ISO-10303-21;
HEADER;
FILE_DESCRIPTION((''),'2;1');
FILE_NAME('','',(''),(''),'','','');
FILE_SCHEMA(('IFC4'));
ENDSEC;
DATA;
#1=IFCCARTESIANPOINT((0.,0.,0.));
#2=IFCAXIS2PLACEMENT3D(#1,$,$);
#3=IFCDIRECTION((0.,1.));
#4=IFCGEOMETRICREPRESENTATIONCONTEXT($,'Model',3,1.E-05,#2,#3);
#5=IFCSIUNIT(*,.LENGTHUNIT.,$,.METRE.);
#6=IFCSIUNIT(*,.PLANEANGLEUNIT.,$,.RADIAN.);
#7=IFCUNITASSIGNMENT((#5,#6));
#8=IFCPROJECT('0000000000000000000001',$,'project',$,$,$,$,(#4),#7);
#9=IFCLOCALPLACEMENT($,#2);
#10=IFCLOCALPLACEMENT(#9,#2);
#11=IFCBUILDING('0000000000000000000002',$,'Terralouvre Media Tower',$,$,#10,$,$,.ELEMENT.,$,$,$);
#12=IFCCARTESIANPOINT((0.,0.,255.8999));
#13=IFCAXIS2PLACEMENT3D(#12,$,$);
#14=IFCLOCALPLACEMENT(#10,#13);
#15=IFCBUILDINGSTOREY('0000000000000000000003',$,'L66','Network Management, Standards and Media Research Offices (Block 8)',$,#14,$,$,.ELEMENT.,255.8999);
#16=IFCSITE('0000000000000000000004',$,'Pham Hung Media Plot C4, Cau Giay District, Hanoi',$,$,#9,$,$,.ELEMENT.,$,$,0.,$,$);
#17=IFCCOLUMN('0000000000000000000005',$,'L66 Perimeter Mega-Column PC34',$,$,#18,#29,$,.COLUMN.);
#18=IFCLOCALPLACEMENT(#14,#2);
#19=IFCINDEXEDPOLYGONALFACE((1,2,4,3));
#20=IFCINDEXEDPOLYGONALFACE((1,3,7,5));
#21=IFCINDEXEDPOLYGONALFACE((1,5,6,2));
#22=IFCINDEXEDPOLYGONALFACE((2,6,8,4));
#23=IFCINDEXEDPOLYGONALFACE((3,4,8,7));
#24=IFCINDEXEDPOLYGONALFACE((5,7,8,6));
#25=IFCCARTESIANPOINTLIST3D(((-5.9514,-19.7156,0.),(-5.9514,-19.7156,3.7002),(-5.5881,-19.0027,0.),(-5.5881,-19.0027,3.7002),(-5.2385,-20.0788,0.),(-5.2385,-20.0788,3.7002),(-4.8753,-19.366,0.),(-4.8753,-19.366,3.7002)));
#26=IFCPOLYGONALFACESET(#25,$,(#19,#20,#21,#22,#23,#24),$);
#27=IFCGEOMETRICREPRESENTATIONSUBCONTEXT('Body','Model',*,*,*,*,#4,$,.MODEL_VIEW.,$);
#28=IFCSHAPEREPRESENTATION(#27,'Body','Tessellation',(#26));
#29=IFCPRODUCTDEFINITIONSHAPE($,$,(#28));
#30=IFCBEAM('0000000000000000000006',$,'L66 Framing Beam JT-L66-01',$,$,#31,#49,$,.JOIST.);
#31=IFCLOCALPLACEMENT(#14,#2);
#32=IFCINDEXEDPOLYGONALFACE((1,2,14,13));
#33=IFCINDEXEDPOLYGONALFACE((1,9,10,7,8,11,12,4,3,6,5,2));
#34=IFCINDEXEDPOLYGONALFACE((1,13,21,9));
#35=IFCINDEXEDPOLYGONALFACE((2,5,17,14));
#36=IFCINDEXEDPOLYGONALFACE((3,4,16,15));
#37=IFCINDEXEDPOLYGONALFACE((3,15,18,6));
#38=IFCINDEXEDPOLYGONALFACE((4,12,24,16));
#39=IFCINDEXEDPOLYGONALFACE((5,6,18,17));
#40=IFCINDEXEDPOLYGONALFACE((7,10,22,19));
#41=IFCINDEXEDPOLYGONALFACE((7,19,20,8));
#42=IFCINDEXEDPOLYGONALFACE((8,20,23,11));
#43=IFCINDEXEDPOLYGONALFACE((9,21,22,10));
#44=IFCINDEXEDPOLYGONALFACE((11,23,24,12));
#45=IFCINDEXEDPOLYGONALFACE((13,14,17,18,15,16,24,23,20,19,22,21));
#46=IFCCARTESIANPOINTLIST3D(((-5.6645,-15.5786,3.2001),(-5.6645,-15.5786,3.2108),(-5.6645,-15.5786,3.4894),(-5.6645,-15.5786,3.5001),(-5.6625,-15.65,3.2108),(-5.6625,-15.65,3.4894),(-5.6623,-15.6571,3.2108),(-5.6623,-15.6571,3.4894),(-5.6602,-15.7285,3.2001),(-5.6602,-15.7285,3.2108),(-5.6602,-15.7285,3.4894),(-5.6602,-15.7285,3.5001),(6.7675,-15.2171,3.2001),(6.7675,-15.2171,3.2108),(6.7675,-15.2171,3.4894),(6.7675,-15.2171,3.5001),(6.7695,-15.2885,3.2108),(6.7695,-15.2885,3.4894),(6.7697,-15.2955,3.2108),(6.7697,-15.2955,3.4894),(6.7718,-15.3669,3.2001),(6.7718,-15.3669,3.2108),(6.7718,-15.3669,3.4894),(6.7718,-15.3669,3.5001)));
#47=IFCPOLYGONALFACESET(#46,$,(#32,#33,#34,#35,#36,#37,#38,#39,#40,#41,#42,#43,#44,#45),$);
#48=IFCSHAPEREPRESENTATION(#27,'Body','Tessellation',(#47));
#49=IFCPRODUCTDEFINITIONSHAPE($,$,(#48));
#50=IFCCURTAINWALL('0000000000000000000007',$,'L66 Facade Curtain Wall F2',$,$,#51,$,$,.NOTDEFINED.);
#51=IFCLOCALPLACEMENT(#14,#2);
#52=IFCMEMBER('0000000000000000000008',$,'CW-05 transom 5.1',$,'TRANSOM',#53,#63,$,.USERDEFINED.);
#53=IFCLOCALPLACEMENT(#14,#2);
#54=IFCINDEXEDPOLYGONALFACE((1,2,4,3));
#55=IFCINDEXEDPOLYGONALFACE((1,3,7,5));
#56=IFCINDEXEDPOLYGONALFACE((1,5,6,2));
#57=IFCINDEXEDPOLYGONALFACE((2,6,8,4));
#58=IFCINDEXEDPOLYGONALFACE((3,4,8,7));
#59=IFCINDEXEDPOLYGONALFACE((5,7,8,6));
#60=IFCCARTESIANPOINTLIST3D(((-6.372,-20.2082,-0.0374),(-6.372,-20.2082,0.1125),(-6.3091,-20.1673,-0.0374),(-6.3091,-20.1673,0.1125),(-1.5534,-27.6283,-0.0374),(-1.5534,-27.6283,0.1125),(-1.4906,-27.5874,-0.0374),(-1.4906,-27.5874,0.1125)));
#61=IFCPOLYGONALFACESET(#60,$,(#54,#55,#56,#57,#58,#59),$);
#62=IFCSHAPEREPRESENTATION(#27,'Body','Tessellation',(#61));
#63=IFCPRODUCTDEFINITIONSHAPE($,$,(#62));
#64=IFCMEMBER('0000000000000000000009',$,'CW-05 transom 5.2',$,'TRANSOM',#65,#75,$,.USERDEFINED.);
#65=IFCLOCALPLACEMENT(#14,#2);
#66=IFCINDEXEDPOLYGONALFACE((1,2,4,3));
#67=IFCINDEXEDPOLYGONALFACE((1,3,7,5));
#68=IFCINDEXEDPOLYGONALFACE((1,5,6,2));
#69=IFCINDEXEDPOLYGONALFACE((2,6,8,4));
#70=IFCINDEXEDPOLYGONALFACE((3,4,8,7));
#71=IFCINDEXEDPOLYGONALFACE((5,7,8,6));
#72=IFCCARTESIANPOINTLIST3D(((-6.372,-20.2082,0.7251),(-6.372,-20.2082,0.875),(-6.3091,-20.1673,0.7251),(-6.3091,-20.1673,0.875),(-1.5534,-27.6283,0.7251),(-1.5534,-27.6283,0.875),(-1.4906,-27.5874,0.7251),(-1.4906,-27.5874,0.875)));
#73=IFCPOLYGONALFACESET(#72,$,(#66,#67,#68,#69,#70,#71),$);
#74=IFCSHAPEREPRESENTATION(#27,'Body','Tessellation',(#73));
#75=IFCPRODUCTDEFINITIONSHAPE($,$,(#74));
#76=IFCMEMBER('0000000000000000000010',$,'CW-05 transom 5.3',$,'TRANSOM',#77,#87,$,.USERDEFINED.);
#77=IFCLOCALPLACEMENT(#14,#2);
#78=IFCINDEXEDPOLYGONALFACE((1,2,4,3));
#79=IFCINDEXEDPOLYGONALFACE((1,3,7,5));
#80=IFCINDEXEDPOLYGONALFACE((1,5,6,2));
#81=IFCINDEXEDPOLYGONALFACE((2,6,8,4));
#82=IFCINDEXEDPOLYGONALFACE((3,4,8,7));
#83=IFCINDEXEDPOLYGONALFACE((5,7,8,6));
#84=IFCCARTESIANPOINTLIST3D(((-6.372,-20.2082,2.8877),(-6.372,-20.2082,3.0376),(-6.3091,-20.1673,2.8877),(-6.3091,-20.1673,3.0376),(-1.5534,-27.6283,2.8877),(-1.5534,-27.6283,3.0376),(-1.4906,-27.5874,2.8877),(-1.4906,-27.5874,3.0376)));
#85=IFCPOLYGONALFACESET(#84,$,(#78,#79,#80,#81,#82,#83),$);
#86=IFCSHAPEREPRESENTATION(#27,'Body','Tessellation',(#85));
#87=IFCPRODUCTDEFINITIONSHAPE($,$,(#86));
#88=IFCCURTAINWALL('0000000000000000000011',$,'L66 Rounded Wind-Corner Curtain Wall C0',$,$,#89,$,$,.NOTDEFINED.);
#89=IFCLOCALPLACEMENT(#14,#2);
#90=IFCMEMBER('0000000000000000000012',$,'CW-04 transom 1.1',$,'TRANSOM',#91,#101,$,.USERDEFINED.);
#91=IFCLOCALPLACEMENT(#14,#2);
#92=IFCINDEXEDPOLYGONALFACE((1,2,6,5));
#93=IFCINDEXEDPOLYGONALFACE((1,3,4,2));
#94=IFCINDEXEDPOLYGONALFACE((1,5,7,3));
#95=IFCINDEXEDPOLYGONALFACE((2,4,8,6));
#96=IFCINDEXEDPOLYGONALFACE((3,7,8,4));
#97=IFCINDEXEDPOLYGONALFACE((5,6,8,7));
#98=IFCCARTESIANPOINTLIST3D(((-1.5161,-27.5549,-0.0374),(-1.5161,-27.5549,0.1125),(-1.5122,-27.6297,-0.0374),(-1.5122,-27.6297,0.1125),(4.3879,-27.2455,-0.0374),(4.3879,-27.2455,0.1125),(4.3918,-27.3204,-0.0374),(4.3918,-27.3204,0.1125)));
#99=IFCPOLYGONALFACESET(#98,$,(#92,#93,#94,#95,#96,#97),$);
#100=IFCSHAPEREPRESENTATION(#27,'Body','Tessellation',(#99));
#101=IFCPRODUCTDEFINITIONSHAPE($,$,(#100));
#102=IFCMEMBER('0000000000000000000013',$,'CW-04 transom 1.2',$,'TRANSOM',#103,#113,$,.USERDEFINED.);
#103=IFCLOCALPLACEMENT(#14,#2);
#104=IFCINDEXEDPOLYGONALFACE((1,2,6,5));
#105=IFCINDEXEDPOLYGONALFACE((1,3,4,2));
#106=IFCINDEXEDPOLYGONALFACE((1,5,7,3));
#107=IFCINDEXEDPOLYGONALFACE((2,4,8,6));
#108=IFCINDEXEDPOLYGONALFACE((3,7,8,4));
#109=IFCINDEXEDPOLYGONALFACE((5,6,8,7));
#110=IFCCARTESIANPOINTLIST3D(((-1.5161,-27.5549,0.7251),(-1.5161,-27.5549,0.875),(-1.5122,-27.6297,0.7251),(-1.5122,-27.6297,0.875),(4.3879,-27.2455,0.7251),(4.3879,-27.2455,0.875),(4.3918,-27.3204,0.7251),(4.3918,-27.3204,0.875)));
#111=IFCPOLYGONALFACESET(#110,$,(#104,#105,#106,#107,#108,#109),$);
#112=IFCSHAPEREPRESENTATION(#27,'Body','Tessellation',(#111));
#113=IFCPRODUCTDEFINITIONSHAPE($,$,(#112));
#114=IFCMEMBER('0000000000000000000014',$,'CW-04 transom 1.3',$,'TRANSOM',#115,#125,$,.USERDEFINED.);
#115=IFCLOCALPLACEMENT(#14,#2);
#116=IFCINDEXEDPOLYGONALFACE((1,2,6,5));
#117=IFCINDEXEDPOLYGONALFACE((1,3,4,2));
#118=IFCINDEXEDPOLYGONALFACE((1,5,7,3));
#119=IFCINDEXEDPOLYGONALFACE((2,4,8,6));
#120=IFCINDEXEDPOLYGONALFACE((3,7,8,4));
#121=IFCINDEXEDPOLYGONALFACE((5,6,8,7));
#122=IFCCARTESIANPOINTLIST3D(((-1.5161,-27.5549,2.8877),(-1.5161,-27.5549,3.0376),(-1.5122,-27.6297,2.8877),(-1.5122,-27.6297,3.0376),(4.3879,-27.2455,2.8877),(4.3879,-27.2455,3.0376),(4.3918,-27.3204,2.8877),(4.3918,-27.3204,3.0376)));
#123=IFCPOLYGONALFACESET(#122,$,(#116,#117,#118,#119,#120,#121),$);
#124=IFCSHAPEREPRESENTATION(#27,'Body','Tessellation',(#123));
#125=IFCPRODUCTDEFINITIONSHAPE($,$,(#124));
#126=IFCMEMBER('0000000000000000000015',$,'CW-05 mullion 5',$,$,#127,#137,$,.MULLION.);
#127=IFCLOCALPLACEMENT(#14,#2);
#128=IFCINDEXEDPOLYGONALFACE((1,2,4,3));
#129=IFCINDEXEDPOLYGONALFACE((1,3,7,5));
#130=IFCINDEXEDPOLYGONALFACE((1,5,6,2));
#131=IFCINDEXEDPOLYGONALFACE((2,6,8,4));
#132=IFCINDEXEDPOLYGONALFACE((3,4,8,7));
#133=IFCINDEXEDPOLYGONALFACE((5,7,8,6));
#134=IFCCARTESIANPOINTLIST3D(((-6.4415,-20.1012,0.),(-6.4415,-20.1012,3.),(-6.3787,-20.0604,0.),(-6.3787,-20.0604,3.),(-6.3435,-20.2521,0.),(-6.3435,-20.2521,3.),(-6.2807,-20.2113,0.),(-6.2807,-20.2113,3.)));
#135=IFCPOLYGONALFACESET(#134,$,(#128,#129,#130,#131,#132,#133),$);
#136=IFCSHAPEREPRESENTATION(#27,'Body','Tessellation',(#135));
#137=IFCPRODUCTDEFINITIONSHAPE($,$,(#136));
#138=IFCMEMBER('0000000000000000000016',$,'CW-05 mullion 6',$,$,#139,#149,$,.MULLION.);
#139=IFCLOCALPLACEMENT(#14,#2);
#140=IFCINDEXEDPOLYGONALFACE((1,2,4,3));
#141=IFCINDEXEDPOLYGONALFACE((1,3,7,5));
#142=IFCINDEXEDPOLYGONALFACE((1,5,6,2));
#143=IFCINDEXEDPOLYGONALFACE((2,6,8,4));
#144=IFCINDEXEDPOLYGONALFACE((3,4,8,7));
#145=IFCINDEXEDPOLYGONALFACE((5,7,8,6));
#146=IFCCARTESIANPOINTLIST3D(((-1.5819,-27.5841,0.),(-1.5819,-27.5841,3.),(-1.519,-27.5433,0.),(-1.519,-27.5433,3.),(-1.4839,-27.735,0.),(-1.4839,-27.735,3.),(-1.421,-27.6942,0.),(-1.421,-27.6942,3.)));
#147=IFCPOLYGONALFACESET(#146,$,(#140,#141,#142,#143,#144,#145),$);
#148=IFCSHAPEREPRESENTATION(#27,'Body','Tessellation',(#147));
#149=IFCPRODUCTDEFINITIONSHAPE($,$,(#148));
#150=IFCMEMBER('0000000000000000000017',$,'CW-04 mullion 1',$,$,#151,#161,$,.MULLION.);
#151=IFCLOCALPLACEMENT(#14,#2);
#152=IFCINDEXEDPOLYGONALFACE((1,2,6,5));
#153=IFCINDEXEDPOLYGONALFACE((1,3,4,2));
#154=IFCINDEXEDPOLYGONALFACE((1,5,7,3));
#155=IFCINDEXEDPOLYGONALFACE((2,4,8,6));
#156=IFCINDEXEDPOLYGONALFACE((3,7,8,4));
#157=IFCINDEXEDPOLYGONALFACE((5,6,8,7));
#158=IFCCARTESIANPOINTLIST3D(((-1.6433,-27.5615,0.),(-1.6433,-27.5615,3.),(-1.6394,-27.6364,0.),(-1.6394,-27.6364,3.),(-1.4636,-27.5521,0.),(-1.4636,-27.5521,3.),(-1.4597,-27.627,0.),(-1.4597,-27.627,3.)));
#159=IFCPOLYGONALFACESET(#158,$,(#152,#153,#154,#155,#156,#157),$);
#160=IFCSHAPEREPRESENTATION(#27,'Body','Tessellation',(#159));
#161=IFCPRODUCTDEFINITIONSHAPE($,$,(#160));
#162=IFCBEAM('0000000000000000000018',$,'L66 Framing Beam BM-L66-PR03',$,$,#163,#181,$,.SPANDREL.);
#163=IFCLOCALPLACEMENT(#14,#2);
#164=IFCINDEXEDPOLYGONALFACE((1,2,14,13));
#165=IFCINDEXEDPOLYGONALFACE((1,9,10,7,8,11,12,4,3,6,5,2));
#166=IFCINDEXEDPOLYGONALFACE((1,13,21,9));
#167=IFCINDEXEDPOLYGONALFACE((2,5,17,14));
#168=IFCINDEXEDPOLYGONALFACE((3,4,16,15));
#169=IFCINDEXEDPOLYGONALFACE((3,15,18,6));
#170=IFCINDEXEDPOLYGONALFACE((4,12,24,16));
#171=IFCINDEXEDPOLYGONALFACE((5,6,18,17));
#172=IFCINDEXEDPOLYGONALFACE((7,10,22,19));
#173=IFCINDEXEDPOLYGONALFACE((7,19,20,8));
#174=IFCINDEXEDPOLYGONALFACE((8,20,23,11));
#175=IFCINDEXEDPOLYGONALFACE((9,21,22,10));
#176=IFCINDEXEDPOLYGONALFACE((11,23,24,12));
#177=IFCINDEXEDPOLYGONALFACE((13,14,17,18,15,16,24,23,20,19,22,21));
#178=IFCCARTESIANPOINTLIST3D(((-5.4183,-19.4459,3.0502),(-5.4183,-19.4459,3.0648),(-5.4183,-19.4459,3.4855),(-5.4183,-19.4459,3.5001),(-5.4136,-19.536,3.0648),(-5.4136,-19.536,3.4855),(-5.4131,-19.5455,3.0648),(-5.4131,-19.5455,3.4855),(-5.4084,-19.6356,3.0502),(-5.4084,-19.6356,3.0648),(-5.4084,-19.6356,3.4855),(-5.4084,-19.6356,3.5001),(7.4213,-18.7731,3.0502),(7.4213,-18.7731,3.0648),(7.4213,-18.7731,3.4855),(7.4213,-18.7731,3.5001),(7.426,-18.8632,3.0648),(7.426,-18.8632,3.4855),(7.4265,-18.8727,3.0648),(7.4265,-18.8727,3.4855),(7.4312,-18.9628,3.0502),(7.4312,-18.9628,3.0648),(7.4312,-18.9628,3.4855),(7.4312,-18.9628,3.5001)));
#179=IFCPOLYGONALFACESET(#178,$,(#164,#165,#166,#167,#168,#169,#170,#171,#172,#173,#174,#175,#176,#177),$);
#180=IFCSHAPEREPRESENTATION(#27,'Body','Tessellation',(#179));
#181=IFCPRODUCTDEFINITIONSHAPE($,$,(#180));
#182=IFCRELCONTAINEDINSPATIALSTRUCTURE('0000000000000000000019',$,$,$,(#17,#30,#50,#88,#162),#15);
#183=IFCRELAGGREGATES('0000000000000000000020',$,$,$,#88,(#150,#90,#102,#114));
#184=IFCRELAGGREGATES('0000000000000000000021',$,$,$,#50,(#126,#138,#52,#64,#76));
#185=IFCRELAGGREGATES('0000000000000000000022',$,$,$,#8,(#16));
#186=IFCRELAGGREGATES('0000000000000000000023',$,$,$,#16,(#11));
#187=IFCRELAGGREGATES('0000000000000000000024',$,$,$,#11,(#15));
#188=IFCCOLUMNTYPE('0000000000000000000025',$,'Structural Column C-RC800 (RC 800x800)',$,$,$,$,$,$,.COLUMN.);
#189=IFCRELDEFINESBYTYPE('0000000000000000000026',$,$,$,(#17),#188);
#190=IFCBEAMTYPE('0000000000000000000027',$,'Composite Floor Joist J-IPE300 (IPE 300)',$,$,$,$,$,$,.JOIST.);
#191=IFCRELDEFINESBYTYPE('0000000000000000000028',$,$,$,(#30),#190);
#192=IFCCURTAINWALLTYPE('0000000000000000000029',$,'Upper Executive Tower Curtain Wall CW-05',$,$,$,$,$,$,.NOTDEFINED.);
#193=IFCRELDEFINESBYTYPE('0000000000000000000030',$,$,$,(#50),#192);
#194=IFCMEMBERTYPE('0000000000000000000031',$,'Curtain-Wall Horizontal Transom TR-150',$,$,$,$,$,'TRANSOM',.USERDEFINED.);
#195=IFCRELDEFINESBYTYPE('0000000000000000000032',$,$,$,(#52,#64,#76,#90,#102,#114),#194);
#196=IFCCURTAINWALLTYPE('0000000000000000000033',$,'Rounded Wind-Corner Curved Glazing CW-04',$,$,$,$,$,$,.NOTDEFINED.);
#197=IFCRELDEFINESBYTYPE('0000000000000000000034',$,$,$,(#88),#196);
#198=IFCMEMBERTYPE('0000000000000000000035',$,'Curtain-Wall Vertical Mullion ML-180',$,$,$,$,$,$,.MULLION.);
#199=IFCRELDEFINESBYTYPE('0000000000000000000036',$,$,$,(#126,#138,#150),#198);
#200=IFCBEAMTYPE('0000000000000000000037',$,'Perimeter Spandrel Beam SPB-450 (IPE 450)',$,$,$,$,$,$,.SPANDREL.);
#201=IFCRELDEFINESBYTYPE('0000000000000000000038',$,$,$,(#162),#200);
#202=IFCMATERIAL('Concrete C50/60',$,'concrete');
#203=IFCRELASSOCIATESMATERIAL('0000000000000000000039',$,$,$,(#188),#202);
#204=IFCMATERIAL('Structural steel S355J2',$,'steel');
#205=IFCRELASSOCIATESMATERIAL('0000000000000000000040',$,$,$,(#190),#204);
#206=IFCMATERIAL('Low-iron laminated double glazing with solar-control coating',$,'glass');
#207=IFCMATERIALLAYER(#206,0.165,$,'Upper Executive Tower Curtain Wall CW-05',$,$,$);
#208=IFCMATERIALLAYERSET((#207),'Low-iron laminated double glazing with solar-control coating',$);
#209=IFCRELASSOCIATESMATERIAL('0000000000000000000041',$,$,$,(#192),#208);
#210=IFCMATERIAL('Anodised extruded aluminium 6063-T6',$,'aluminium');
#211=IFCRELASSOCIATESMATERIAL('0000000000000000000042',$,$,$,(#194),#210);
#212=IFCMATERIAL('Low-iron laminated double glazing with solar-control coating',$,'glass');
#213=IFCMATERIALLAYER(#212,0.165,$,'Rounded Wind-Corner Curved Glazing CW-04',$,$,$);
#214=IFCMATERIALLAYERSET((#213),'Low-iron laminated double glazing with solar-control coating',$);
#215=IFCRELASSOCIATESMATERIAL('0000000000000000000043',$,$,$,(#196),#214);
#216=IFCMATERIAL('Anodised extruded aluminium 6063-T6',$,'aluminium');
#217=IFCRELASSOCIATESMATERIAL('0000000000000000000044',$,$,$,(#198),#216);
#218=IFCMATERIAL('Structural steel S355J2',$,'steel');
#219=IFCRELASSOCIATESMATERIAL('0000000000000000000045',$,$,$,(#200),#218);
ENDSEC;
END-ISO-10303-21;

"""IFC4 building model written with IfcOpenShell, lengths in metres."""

from ifc_helpers import new_model, si_unit, direction, frame, origin, origin_2d, place, context, subcontext, project, spatial, rectangle, i_section, extrude, material, layer, layer_set, material_profile, profile_set, type_object, element, aggregate, save


model = new_model("IFC4")

# Units and contexts
model_context = context("Model", 3, precision=1e-05, world=origin(), true_north=direction((0.0, 1.0)))
body_context = subcontext(model_context, "Body", "Model", "MODEL_VIEW")
ifc_project = project(units=[si_unit("LENGTHUNIT", "METRE"), si_unit("PLANEANGLEUNIT", "RADIAN")], contexts=[model_context])

# Site, building, storey
site_placement = place(None, origin())
site = spatial("IfcSite", under=ifc_project, at=site_placement, Name="Pham Hung Media Plot C4, Cau Giay District, Hanoi", CompositionType="ELEMENT", RefElevation=0.0)
building_placement = place(site_placement, origin())
building = spatial("IfcBuilding", under=site, at=building_placement, Name="Terralouvre Media Tower", CompositionType="ELEMENT")
storey_placement = place(building_placement, frame((0.0, 0.0, 255.8999)))
storey = spatial("IfcBuildingStorey", under=building, at=storey_placement, Name="L66", Description="Network Management, Standards and Media Research Offices (Block 8)", CompositionType="ELEMENT", Elevation=255.8999)

# Column
ifc_material_1 = material(Name="Concrete C50/60", Category="concrete")
ifc_material_profile_1 = material_profile(ifc_material_1, rectangle(XDim=0.8, YDim=0.8, at=origin_2d()), Name="RC 800x800")
ifc_profile_set_1 = profile_set([ifc_material_profile_1], Name="Concrete C50/60")
column_type = type_object("IfcColumnType", Name="Structural Column C-RC800 (RC 800x800)", PredefinedType="COLUMN", material=ifc_profile_set_1)
column_placement = place(storey_placement, frame((-5.4133, -19.5408, 0.0), z_axis=(0.0, 0.0, 1.0), x_axis=(0.45399, 0.891007, 0.0)))
element("IfcColumn", 1, at=column_placement, inside=storey, type_object=column_type, Name="L66 Perimeter Mega-Column PC34", PredefinedType="COLUMN", context=body_context, shape_type="SweptSolid", body=[
    extrude(rectangle(XDim=0.8, YDim=0.8, at=origin_2d()), origin(), (0.0, 0.0, 1.0), 3.7002),
])

# Beam
ifc_material_2 = material(Name="Structural steel S355J2", Category="steel")
ifc_material_profile_2 = material_profile(ifc_material_2, i_section(OverallWidth=0.1499, OverallDepth=0.3, WebThickness=0.0071, FlangeThickness=0.0107, at=origin_2d()), Name="IPE 300")
ifc_profile_set_2 = profile_set([ifc_material_profile_2], Name="Structural steel S355J2")
beam_type_1 = type_object("IfcBeamType", Name="Composite Floor Joist J-IPE300 (IPE 300)", PredefinedType="JOIST", material=ifc_profile_set_2)
beam_1_placement = place(storey_placement, frame((-5.6624, -15.6536, 3.3501), z_axis=(0.999577, 0.029072, 0.0), x_axis=(-0.029072, 0.999577, 0.0)))
element("IfcBeam", 2, at=beam_1_placement, inside=storey, type_object=beam_type_1, Name="L66 Framing Beam JT-L66-01", PredefinedType="JOIST", context=body_context, shape_type="SweptSolid", body=[
    extrude(i_section(OverallWidth=0.1499, OverallDepth=0.3, WebThickness=0.0071, FlangeThickness=0.0107, at=origin_2d()), origin(), (0.0, 0.0, 1.0), 12.4373),
])

# Curtain walls, members
ifc_material_3 = material(Name="Low-iron laminated double glazing with solar-control coating", Category="glass")
ifc_layer_1 = layer(ifc_material_3, 0.165, Name="Upper Executive Tower Curtain Wall CW-05")
ifc_layer_set_1 = layer_set([ifc_layer_1], Name="Low-iron laminated double glazing with solar-control coating")
curtain_wall_type_1 = type_object("IfcCurtainWallType", Name="Upper Executive Tower Curtain Wall CW-05", PredefinedType="NOTDEFINED", material=ifc_layer_set_1)
curtain_wall_1_placement = place(storey_placement, origin())
curtain_wall_1 = element("IfcCurtainWall", 3, at=curtain_wall_1_placement, inside=storey, type_object=curtain_wall_type_1, Name="L66 Facade Curtain Wall F2", PredefinedType="NOTDEFINED")
ifc_material_4 = material(Name="Anodised extruded aluminium 6063-T6", Category="aluminium")
ifc_material_profile_3 = material_profile(ifc_material_4, rectangle(XDim=0.075, YDim=0.1499, at=origin_2d()), Name="ALU 75x150")
ifc_profile_set_3 = profile_set([ifc_material_profile_3], Name="Anodised extruded aluminium 6063-T6")
member_type_1 = type_object("IfcMemberType", Name="Curtain-Wall Horizontal Transom TR-150", ElementType="TRANSOM", PredefinedType="USERDEFINED", material=ifc_profile_set_3)
member_1_placement = place(storey_placement, frame((-6.3406, -20.1877, 0.0376), z_axis=(0.54463, -0.838676, 0.0), x_axis=(0.838676, 0.54463, 0.0)))
member_1 = element("IfcMember", 4, at=member_1_placement, type_object=member_type_1, Name="CW-05 transom 5.1", ObjectType="TRANSOM", PredefinedType="USERDEFINED", context=body_context, shape_type="SweptSolid", body=[
    extrude(rectangle(XDim=0.075, YDim=0.1499, at=origin_2d()), origin(), (0.0, 0.0, 1.0), 8.8474),
])
member_2_placement = place(storey_placement, frame((-6.3406, -20.1877, 0.8), z_axis=(0.54463, -0.838676, 0.0), x_axis=(0.838676, 0.54463, 0.0)))
member_2 = element("IfcMember", 5, at=member_2_placement, type_object=member_type_1, Name="CW-05 transom 5.2", ObjectType="TRANSOM", PredefinedType="USERDEFINED", context=body_context, shape_type="SweptSolid", body=[
    extrude(rectangle(XDim=0.075, YDim=0.1499, at=origin_2d()), origin(), (0.0, 0.0, 1.0), 8.8474),
])
member_3_placement = place(storey_placement, frame((-6.3406, -20.1877, 2.9626), z_axis=(0.54463, -0.838676, 0.0), x_axis=(0.838676, 0.54463, 0.0)))
member_3 = element("IfcMember", 6, at=member_3_placement, type_object=member_type_1, Name="CW-05 transom 5.3", ObjectType="TRANSOM", PredefinedType="USERDEFINED", context=body_context, shape_type="SweptSolid", body=[
    extrude(rectangle(XDim=0.075, YDim=0.1499, at=origin_2d()), origin(), (0.0, 0.0, 1.0), 8.8474),
])
ifc_material_5 = material(Name="Low-iron laminated double glazing with solar-control coating", Category="glass")
ifc_layer_2 = layer(ifc_material_5, 0.165, Name="Rounded Wind-Corner Curved Glazing CW-04")
ifc_layer_set_2 = layer_set([ifc_layer_2], Name="Low-iron laminated double glazing with solar-control coating")
curtain_wall_type_2 = type_object("IfcCurtainWallType", Name="Rounded Wind-Corner Curved Glazing CW-04", PredefinedType="NOTDEFINED", material=ifc_layer_set_2)
curtain_wall_2_placement = place(storey_placement, origin())
curtain_wall_2 = element("IfcCurtainWall", 7, at=curtain_wall_2_placement, inside=storey, type_object=curtain_wall_type_2, Name="L66 Rounded Wind-Corner Curtain Wall C0", PredefinedType="NOTDEFINED")
member_4_placement = place(storey_placement, frame((-1.5142, -27.5923, 0.0376), z_axis=(0.99863, 0.05232, 0.0), x_axis=(-0.05232, 0.99863, 0.0)))
member_4 = element("IfcMember", 8, at=member_4_placement, type_object=member_type_1, Name="CW-04 transom 1.1", ObjectType="TRANSOM", PredefinedType="USERDEFINED", context=body_context, shape_type="SweptSolid", body=[
    extrude(rectangle(XDim=0.075, YDim=0.1499, at=origin_2d()), origin(), (0.0, 0.0, 1.0), 5.9121),
])
member_5_placement = place(storey_placement, frame((-1.5142, -27.5923, 0.8), z_axis=(0.99863, 0.05232, 0.0), x_axis=(-0.05232, 0.99863, 0.0)))
member_5 = element("IfcMember", 9, at=member_5_placement, type_object=member_type_1, Name="CW-04 transom 1.2", ObjectType="TRANSOM", PredefinedType="USERDEFINED", context=body_context, shape_type="SweptSolid", body=[
    extrude(rectangle(XDim=0.075, YDim=0.1499, at=origin_2d()), origin(), (0.0, 0.0, 1.0), 5.9121),
])
member_6_placement = place(storey_placement, frame((-1.5142, -27.5923, 2.9626), z_axis=(0.99863, 0.05232, 0.0), x_axis=(-0.05232, 0.99863, 0.0)))
member_6 = element("IfcMember", 10, at=member_6_placement, type_object=member_type_1, Name="CW-04 transom 1.3", ObjectType="TRANSOM", PredefinedType="USERDEFINED", context=body_context, shape_type="SweptSolid", body=[
    extrude(rectangle(XDim=0.075, YDim=0.1499, at=origin_2d()), origin(), (0.0, 0.0, 1.0), 5.9121),
])

# Members
ifc_material_6 = material(Name="Anodised extruded aluminium 6063-T6", Category="aluminium")
ifc_material_profile_4 = material_profile(ifc_material_6, rectangle(XDim=0.075, YDim=0.1799, at=origin_2d()), Name="ALU 75x180")
ifc_profile_set_4 = profile_set([ifc_material_profile_4], Name="Anodised extruded aluminium 6063-T6")
member_type_2 = type_object("IfcMemberType", Name="Curtain-Wall Vertical Mullion ML-180", PredefinedType="MULLION", material=ifc_profile_set_4)
member_7_placement = place(storey_placement, frame((-6.3611, -20.1562, 0.0), z_axis=(0.0, 0.0, 1.0), x_axis=(0.838671, 0.544639, 0.0)))
member_7 = element("IfcMember", 11, at=member_7_placement, type_object=member_type_2, Name="CW-05 mullion 5", PredefinedType="MULLION", context=body_context, shape_type="SweptSolid", body=[
    extrude(rectangle(XDim=0.075, YDim=0.1799, at=origin_2d()), origin(), (0.0, 0.0, 1.0), 3.0),
])
member_8_placement = place(storey_placement, frame((-1.5015, -27.6392, 0.0), z_axis=(0.0, 0.0, 1.0), x_axis=(0.838671, 0.544639, 0.0)))
member_8 = element("IfcMember", 12, at=member_8_placement, type_object=member_type_2, Name="CW-05 mullion 6", PredefinedType="MULLION", context=body_context, shape_type="SweptSolid", body=[
    extrude(rectangle(XDim=0.075, YDim=0.1799, at=origin_2d()), origin(), (0.0, 0.0, 1.0), 3.0),
])
member_9_placement = place(storey_placement, frame((-1.5515, -27.5942, 0.0), z_axis=(0.0, 0.0, 1.0), x_axis=(-0.052336, 0.99863, 0.0)))
member_9 = element("IfcMember", 13, at=member_9_placement, type_object=member_type_2, Name="CW-04 mullion 1", PredefinedType="MULLION", context=body_context, shape_type="SweptSolid", body=[
    extrude(rectangle(XDim=0.075, YDim=0.1799, at=origin_2d()), origin(), (0.0, 0.0, 1.0), 3.0),
])
aggregate(curtain_wall_2, [member_9, member_4, member_5, member_6])

# Beam
ifc_material_7 = material(Name="Structural steel S355J2", Category="steel")
ifc_material_profile_5 = material_profile(ifc_material_7, i_section(OverallWidth=0.1899, OverallDepth=0.45, WebThickness=0.0095, FlangeThickness=0.0146, at=origin_2d()), Name="IPE 450")
ifc_profile_set_5 = profile_set([ifc_material_profile_5], Name="Structural steel S355J2")
beam_type_2 = type_object("IfcBeamType", Name="Perimeter Spandrel Beam SPB-450 (IPE 450)", PredefinedType="SPANDREL", material=ifc_profile_set_5)
beam_2_placement = place(storey_placement, frame((-5.4133, -19.5408, 3.2751), z_axis=(0.99863, 0.052333, 0.0), x_axis=(-0.052333, 0.99863, 0.0)))
element("IfcBeam", 14, at=beam_2_placement, inside=storey, type_object=beam_type_2, Name="L66 Framing Beam BM-L66-PR03", PredefinedType="SPANDREL", context=body_context, shape_type="SweptSolid", body=[
    extrude(i_section(OverallWidth=0.1899, OverallDepth=0.45, WebThickness=0.0095, FlangeThickness=0.0146, at=origin_2d()), origin(), (0.0, 0.0, 1.0), 12.8572),
])

aggregate(curtain_wall_1, [member_7, member_8, member_1, member_2, member_3])

save(model, "model.ifc")
